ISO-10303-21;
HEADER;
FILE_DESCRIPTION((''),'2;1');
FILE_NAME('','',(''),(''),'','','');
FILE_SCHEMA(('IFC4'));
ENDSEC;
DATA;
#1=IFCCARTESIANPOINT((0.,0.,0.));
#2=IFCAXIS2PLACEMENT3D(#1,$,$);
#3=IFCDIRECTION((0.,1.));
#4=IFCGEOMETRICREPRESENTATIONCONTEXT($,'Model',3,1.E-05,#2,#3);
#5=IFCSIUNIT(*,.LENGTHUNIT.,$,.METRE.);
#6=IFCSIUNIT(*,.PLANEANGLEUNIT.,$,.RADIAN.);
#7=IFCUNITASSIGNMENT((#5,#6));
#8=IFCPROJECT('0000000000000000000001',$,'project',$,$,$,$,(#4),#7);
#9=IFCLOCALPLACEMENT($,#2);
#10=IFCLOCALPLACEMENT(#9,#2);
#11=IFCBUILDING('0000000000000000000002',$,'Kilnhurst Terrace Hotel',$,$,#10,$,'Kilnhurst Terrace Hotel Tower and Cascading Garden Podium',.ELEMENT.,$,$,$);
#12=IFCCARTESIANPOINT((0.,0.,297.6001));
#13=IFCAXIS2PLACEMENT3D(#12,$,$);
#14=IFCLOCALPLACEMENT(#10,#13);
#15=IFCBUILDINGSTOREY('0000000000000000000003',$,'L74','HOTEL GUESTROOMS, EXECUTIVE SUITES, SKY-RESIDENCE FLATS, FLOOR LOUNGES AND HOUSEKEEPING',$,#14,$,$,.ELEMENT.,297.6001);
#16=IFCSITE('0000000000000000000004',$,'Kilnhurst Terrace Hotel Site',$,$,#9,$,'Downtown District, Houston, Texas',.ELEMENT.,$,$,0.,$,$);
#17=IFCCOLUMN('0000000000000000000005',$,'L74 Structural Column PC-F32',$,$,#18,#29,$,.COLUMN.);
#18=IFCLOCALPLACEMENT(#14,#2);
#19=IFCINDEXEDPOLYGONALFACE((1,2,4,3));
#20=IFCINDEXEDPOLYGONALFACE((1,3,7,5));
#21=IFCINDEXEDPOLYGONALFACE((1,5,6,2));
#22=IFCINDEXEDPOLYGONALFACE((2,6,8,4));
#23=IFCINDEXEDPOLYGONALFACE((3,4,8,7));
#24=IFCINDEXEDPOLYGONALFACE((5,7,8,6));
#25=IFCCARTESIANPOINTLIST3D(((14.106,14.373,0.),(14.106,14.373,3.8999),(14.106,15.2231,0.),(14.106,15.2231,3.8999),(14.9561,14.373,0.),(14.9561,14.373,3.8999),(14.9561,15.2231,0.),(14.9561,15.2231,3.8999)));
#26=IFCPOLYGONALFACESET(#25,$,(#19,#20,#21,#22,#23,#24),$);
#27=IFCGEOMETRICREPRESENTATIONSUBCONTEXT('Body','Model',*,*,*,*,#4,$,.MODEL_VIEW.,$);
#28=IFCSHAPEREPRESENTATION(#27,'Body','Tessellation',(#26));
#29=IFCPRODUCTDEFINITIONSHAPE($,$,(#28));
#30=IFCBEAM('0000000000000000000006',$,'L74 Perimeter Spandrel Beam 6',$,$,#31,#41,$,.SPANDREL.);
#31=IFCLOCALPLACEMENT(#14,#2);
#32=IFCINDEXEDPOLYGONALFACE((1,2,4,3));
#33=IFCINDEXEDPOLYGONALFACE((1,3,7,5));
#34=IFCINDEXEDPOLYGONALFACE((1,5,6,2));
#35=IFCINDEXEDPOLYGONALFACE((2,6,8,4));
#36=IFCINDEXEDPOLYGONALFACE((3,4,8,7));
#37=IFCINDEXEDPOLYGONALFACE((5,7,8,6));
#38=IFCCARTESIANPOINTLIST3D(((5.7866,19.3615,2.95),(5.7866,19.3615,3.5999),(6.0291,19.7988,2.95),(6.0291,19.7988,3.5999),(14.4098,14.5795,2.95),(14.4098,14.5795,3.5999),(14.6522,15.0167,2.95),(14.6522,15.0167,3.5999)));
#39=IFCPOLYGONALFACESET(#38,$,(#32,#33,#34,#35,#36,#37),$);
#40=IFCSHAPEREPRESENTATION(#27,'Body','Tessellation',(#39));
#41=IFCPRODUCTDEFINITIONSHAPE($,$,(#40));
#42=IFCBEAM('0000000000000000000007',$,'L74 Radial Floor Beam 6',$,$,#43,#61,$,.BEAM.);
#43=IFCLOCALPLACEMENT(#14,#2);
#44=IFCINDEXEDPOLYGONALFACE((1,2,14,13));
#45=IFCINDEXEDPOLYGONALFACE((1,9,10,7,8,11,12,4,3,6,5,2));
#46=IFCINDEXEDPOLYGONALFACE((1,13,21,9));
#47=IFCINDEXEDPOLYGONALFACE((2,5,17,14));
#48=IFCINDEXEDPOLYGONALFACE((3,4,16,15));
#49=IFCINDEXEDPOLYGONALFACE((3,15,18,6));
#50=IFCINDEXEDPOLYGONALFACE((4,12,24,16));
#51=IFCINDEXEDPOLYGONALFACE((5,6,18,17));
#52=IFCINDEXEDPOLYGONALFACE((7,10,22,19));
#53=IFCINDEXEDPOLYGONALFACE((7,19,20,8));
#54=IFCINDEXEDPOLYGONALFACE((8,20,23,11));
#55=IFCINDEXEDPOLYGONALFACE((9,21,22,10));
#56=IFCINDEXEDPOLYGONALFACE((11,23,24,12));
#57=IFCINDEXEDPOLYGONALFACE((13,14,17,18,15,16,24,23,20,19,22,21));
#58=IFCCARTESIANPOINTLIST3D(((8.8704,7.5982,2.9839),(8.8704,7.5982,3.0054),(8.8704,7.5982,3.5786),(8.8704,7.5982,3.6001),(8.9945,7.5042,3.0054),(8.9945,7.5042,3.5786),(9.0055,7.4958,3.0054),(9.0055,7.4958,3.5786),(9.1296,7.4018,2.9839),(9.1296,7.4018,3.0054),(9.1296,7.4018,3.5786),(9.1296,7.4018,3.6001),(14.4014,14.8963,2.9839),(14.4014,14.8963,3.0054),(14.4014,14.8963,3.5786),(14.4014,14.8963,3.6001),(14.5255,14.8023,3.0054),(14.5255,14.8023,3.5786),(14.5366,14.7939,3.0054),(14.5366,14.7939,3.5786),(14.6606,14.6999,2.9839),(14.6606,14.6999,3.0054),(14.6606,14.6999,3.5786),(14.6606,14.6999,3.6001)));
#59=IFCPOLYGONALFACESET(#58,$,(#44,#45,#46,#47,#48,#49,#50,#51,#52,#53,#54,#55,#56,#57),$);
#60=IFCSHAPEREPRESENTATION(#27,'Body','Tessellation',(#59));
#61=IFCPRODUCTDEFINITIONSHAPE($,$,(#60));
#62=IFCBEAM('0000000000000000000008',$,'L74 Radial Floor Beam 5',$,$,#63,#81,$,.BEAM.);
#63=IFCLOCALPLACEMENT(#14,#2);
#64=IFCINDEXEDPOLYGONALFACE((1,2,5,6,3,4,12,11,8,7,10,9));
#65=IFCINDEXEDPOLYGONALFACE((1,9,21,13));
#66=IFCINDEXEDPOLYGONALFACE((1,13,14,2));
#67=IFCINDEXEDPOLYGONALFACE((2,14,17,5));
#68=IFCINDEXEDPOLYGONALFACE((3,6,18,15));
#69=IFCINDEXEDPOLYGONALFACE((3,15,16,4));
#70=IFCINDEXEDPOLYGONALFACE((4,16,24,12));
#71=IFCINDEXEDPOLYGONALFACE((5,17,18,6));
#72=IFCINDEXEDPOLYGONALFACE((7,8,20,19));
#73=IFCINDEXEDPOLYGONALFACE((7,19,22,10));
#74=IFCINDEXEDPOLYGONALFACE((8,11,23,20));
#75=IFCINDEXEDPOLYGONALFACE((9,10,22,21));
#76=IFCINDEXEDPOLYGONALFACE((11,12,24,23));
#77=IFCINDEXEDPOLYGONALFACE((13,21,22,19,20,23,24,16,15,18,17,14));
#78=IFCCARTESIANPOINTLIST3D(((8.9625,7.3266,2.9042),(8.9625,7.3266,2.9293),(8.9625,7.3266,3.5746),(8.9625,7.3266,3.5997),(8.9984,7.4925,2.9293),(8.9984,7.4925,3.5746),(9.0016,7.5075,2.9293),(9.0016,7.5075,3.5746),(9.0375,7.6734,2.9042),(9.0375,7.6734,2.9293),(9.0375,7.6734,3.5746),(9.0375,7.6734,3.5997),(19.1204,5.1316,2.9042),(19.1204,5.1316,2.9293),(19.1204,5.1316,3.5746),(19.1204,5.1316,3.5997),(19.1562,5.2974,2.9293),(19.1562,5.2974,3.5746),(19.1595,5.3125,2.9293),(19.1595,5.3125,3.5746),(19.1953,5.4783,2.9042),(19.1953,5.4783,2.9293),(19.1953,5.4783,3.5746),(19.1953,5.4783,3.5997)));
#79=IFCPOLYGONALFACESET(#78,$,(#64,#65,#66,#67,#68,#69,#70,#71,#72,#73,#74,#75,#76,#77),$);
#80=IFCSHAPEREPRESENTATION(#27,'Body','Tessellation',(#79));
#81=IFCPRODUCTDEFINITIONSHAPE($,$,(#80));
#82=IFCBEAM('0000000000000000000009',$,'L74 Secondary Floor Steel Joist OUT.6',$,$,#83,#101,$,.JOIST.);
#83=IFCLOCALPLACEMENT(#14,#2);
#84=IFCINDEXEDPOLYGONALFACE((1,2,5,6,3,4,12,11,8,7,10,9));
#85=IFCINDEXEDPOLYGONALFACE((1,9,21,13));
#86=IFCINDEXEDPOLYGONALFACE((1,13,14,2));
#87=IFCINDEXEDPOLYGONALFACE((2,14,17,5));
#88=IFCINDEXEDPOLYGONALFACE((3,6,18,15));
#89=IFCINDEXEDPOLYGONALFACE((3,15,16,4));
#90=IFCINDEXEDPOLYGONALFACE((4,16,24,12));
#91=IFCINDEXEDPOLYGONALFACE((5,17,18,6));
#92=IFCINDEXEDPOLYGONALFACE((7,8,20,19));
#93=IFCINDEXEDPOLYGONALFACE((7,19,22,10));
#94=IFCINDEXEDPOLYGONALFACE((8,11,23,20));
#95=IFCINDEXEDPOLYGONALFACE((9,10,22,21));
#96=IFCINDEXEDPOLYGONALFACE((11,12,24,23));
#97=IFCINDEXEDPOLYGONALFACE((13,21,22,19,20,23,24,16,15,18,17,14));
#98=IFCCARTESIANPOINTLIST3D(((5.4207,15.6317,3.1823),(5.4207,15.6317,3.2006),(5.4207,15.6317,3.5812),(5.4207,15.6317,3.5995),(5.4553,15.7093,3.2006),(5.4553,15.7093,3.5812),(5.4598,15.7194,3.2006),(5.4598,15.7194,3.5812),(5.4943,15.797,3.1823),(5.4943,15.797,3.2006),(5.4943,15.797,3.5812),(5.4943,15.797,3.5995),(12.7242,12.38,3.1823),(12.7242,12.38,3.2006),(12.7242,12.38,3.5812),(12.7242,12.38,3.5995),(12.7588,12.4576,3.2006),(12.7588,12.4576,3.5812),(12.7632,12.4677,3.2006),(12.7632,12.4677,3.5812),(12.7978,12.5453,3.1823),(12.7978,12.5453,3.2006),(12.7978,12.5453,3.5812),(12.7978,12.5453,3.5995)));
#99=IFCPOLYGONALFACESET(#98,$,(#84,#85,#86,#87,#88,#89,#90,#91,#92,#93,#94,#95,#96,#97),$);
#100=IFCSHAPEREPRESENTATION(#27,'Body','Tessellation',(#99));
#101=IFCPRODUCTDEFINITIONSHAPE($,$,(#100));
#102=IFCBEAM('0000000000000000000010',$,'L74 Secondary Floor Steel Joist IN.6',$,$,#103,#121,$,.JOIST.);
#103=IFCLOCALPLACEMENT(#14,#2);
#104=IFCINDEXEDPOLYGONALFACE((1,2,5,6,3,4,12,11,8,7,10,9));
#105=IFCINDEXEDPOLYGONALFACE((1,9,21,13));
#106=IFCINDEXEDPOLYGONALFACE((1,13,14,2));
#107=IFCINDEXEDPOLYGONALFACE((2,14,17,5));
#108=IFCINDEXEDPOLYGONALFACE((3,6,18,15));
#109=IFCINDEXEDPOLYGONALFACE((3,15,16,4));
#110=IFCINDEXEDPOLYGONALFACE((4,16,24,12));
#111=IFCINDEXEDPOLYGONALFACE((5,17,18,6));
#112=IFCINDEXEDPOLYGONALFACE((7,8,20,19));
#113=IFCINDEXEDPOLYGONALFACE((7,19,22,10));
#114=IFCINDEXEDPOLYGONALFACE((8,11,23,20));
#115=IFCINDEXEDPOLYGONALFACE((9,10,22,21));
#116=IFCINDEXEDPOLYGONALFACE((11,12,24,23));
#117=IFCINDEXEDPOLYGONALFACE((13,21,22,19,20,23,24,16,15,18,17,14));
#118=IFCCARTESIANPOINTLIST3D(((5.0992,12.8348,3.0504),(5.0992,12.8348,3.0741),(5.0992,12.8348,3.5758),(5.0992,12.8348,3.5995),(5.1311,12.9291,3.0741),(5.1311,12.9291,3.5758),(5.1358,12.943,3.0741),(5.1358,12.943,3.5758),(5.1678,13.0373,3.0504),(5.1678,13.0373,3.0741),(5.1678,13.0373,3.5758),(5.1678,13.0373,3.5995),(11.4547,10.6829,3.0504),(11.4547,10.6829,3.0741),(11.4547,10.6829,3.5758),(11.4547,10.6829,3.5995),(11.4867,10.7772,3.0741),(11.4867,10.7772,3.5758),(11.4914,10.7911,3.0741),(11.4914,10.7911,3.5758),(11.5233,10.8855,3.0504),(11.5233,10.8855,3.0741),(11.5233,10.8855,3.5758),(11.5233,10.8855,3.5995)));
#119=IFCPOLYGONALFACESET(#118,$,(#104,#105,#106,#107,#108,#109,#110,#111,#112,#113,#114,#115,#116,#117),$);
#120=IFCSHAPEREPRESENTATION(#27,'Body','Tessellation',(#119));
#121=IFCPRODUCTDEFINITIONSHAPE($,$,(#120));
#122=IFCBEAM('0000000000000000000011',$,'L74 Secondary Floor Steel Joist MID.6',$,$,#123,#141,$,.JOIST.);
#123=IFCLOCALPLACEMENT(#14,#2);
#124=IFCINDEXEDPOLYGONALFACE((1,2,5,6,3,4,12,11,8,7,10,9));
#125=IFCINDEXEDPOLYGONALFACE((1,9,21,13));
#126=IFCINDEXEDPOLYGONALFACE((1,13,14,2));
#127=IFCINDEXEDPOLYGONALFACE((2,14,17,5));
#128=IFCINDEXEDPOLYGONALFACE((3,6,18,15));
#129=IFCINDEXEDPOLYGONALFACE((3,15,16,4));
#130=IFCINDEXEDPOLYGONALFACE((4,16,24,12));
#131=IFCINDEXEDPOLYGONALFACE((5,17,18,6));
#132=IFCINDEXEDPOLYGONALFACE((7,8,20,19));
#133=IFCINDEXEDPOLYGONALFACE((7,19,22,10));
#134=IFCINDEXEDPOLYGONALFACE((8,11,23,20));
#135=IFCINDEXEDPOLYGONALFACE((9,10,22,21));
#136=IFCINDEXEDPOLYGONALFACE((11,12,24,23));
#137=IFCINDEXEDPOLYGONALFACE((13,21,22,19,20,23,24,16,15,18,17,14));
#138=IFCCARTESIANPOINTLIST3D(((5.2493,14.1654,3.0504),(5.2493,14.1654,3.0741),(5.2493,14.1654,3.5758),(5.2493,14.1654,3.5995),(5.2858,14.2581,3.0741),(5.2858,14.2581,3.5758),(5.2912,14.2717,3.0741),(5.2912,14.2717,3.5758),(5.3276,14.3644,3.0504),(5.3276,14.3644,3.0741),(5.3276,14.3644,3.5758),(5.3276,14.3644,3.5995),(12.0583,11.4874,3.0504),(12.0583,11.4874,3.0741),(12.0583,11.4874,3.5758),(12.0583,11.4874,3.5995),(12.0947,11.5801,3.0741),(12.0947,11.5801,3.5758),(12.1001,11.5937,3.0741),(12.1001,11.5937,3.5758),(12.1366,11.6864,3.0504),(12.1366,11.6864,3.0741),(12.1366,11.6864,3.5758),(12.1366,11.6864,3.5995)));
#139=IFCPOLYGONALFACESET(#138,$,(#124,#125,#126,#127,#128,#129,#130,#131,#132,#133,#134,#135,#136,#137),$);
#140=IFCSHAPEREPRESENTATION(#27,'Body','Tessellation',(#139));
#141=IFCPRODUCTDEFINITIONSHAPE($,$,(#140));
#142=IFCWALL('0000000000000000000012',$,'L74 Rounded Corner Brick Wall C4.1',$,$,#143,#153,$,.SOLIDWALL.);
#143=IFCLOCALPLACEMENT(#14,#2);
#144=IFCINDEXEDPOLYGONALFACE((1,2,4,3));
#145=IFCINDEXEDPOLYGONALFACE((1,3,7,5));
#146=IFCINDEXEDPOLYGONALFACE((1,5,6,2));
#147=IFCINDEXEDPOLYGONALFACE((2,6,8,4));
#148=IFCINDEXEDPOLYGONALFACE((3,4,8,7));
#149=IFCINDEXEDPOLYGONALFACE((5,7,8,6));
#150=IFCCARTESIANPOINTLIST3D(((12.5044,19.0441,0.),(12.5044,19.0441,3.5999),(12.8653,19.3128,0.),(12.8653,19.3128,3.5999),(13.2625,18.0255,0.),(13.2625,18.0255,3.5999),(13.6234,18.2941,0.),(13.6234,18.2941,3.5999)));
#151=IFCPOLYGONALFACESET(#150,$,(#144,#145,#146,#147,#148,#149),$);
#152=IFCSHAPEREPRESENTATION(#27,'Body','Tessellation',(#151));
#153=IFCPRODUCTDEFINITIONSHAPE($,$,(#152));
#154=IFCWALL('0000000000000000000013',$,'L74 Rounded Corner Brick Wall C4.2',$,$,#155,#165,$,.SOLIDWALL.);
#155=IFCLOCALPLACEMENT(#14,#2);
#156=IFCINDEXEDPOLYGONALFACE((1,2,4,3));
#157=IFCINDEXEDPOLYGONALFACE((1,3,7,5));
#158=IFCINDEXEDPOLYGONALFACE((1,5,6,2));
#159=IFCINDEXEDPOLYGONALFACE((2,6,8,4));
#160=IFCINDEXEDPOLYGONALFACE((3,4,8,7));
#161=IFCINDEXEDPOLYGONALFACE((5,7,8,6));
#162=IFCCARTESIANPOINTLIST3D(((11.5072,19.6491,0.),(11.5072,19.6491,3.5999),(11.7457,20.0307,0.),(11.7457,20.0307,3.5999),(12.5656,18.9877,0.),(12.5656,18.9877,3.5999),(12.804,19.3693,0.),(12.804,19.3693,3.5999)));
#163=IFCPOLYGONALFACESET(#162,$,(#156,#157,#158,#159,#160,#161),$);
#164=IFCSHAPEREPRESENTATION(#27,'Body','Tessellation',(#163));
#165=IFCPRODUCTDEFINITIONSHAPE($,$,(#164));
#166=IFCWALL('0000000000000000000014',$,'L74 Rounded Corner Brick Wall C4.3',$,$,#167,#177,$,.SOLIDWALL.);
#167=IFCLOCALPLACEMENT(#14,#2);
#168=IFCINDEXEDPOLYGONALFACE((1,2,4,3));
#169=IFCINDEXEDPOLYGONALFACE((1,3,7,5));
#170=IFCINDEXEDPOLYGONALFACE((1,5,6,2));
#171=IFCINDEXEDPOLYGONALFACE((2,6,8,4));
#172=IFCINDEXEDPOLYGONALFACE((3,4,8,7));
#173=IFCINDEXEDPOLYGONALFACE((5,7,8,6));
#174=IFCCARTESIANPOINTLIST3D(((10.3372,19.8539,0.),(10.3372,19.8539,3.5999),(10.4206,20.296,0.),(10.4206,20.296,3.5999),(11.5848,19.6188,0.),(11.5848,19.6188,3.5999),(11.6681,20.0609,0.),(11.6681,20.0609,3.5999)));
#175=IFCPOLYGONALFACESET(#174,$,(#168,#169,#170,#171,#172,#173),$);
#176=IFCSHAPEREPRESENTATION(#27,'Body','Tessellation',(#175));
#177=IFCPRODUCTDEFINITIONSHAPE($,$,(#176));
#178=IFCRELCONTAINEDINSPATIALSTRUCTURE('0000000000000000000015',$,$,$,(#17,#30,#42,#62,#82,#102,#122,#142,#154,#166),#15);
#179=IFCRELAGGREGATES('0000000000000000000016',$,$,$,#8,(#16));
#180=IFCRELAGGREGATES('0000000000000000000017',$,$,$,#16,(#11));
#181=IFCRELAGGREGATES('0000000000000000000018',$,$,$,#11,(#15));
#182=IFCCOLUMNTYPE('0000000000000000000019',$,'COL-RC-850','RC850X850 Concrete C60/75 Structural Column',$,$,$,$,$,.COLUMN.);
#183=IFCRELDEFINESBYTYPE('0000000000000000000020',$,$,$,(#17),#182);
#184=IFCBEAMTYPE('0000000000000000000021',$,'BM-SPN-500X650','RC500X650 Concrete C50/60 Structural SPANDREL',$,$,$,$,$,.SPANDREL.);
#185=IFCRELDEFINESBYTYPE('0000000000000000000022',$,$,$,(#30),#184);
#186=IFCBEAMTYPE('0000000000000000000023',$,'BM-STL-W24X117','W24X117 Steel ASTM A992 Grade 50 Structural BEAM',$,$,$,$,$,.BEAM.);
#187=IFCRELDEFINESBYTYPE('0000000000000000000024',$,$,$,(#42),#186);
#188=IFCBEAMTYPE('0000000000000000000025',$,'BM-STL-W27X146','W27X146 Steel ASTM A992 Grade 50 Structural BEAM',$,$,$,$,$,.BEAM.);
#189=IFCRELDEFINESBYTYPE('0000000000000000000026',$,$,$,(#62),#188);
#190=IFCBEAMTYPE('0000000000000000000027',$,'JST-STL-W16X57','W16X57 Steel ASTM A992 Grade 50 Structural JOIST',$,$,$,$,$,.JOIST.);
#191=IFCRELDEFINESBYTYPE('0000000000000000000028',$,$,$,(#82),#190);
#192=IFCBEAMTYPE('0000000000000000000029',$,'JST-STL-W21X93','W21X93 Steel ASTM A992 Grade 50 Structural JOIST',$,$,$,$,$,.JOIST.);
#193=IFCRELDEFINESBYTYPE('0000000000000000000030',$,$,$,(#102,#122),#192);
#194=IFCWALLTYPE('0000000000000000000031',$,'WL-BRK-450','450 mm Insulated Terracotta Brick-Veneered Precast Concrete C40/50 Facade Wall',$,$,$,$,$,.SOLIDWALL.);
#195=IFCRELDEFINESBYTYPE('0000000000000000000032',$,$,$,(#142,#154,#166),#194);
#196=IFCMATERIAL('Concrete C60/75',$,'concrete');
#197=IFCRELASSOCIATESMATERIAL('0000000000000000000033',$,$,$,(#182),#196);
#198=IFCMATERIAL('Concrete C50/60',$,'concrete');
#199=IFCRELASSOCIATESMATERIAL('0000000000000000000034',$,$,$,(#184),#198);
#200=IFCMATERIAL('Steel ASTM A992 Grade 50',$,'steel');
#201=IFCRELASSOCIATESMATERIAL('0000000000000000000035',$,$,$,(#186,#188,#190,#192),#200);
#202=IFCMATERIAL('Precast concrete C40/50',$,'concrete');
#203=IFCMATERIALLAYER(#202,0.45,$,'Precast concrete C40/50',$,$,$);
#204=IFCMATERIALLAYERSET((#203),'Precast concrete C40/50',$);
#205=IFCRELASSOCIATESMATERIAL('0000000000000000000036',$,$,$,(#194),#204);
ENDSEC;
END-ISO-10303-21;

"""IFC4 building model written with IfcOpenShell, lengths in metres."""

from ifc_helpers import new_model, si_unit, direction, frame, frame_2d, origin, origin_2d, place, context, subcontext, project, spatial, rectangle, i_section, extrude, material, layer, layer_set, material_profile, profile_set, type_object, element, save


model = new_model("IFC4")

# Units and contexts
model_context = context("Model", 3, precision=1e-05, world=origin(), true_north=direction((0.0, 1.0)))
body_context = subcontext(model_context, "Body", "Model", "MODEL_VIEW")
ifc_project = project(units=[si_unit("LENGTHUNIT", "METRE"), si_unit("PLANEANGLEUNIT", "RADIAN")], contexts=[model_context])

# Site, building, storey
site_placement = place(None, origin())
site = spatial("IfcSite", under=ifc_project, at=site_placement, Name="Kilnhurst Terrace Hotel Site", LongName="Downtown District, Houston, Texas", CompositionType="ELEMENT", RefElevation=0.0)
building_placement = place(site_placement, origin())
building = spatial("IfcBuilding", under=site, at=building_placement, Name="Kilnhurst Terrace Hotel", LongName="Kilnhurst Terrace Hotel Tower and Cascading Garden Podium", CompositionType="ELEMENT")
storey_placement = place(building_placement, frame((0.0, 0.0, 297.6001)))
storey = spatial("IfcBuildingStorey", under=building, at=storey_placement, Name="L74", Description="HOTEL GUESTROOMS, EXECUTIVE SUITES, SKY-RESIDENCE FLATS, FLOOR LOUNGES AND HOUSEKEEPING", CompositionType="ELEMENT", Elevation=297.6001)

# Column
ifc_material_1 = material(Name="Concrete C60/75", Category="concrete")
ifc_material_profile_1 = material_profile(ifc_material_1, rectangle(XDim=0.8501, YDim=0.8501, at=origin_2d()), Name="RC850X850")
ifc_profile_set_1 = profile_set([ifc_material_profile_1], Name="Concrete C60/75")
column_type = type_object("IfcColumnType", Name="COL-RC-850", Description="RC850X850 Concrete C60/75 Structural Column", PredefinedType="COLUMN", material=ifc_profile_set_1)
column_placement = place(storey_placement, frame((14.531, 14.7981, 0.0), z_axis=(0.0, 0.0, 1.0), x_axis=(1.0, 0.0, 0.0)))
element("IfcColumn", 1, at=column_placement, inside=storey, type_object=column_type, Name="L74 Structural Column PC-F32", PredefinedType="COLUMN", context=body_context, shape_type="SweptSolid", body=[
    extrude(rectangle(XDim=0.8501, YDim=0.8501, at=origin_2d()), origin(), (0.0, 0.0, 1.0), 3.8999),
])

# Beams
ifc_material_2 = material(Name="Concrete C50/60", Category="concrete")
ifc_material_profile_2 = material_profile(ifc_material_2, rectangle(XDim=0.5, YDim=0.6499, at=origin_2d()), Name="RC500X650")
ifc_profile_set_2 = profile_set([ifc_material_profile_2], Name="Concrete C50/60")
beam_type_1 = type_object("IfcBeamType", Name="BM-SPN-500X650", Description="RC500X650 Concrete C50/60 Structural SPANDREL", PredefinedType="SPANDREL", material=ifc_profile_set_2)
beam_1_placement = place(storey_placement, frame((14.531, 14.7981, 3.2749), z_axis=(-0.874527, 0.484976, 0.0), x_axis=(-0.484976, -0.874527, 0.0)))
element("IfcBeam", 2, at=beam_1_placement, inside=storey, type_object=beam_type_1, Name="L74 Perimeter Spandrel Beam 6", PredefinedType="SPANDREL", context=body_context, shape_type="SweptSolid", body=[
    extrude(rectangle(XDim=0.5, YDim=0.6499, at=origin_2d()), origin(), (0.0, 0.0, 1.0), 9.8604),
])
ifc_material_3 = material(Name="Steel ASTM A992 Grade 50", Category="steel")
ifc_material_profile_3 = material_profile(ifc_material_3, i_section(OverallWidth=0.3252, OverallDepth=0.6162, WebThickness=0.0139, FlangeThickness=0.0215, at=origin_2d()), Name="W24X117")
ifc_profile_set_3 = profile_set([ifc_material_profile_3], Name="Steel ASTM A992 Grade 50")
beam_type_2 = type_object("IfcBeamType", Name="BM-STL-W24X117", Description="W24X117 Steel ASTM A992 Grade 50 Structural BEAM", PredefinedType="BEAM", material=ifc_profile_set_3)
beam_2_placement = place(storey_placement, frame((9.0, 7.5, 3.292), z_axis=(0.604007, 0.796979, 0.0), x_axis=(-0.796979, 0.604007, 0.0)))
element("IfcBeam", 3, at=beam_2_placement, inside=storey, type_object=beam_type_2, Name="L74 Radial Floor Beam 6", PredefinedType="BEAM", context=body_context, shape_type="SweptSolid", body=[
    extrude(i_section(OverallWidth=0.3252, OverallDepth=0.6162, WebThickness=0.0139, FlangeThickness=0.0215, at=origin_2d()), origin(), (0.0, 0.0, 1.0), 9.1572),
])
ifc_material_profile_4 = material_profile(ifc_material_3, i_section(OverallWidth=0.3547, OverallDepth=0.6956, WebThickness=0.0154, FlangeThickness=0.0251, at=origin_2d()), Name="W27X146")
ifc_profile_set_4 = profile_set([ifc_material_profile_4], Name="Steel ASTM A992 Grade 50")
beam_type_3 = type_object("IfcBeamType", Name="BM-STL-W27X146", Description="W27X146 Steel ASTM A992 Grade 50 Structural BEAM", PredefinedType="BEAM", material=ifc_profile_set_4)
beam_3_placement = place(storey_placement, frame((9.0, 7.5, 3.252), z_axis=(0.977439, -0.211218, 0.0), x_axis=(0.211218, 0.977439, 0.0)))
element("IfcBeam", 4, at=beam_3_placement, inside=storey, type_object=beam_type_3, Name="L74 Radial Floor Beam 5", PredefinedType="BEAM", context=body_context, shape_type="SweptSolid", body=[
    extrude(i_section(OverallWidth=0.3547, OverallDepth=0.6956, WebThickness=0.0154, FlangeThickness=0.0251, at=origin_2d()), origin(), (0.0, 0.0, 1.0), 10.3923),
])
ifc_material_profile_5 = material_profile(ifc_material_3, i_section(OverallWidth=0.1809, OverallDepth=0.4172, WebThickness=0.011, FlangeThickness=0.0183, at=origin_2d()), Name="W16X57")
ifc_profile_set_5 = profile_set([ifc_material_profile_5], Name="Steel ASTM A992 Grade 50")
beam_type_4 = type_object("IfcBeamType", Name="JST-STL-W16X57", Description="W16X57 Steel ASTM A992 Grade 50 Structural JOIST", PredefinedType="JOIST", material=ifc_profile_set_5)
beam_4_placement = place(storey_placement, frame((12.761, 12.4626, 3.3909), z_axis=(-0.913546, 0.406736, 0.0), x_axis=(-0.406736, -0.913546, 0.0)))
element("IfcBeam", 5, at=beam_4_placement, inside=storey, type_object=beam_type_4, Name="L74 Secondary Floor Steel Joist OUT.6", PredefinedType="JOIST", context=body_context, shape_type="SweptSolid", body=[
    extrude(i_section(OverallWidth=0.1809, OverallDepth=0.4172, WebThickness=0.011, FlangeThickness=0.0183, at=origin_2d()), origin(), (0.0, 0.0, 1.0), 7.9946),
])
ifc_material_profile_6 = material_profile(ifc_material_3, i_section(OverallWidth=0.2139, OverallDepth=0.5491, WebThickness=0.0146, FlangeThickness=0.0237, at=origin_2d()), Name="W21X93")
ifc_profile_set_6 = profile_set([ifc_material_profile_6], Name="Steel ASTM A992 Grade 50")
beam_type_5 = type_object("IfcBeamType", Name="JST-STL-W21X93", Description="W21X93 Steel ASTM A992 Grade 50 Structural JOIST", PredefinedType="JOIST", material=ifc_profile_set_6)
beam_5_placement = place(storey_placement, frame((11.489, 10.7842, 3.325), z_axis=(-0.947181, 0.3207, 0.0), x_axis=(-0.3207, -0.947181, 0.0)))
element("IfcBeam", 6, at=beam_5_placement, inside=storey, type_object=beam_type_5, Name="L74 Secondary Floor Steel Joist IN.6", PredefinedType="JOIST", context=body_context, shape_type="SweptSolid", body=[
    extrude(i_section(OverallWidth=0.2139, OverallDepth=0.5491, WebThickness=0.0146, FlangeThickness=0.0237, at=origin_2d()), origin(), (0.0, 0.0, 1.0), 6.71),
])
beam_6_placement = place(storey_placement, frame((12.0974, 11.5869, 3.325), z_axis=(-0.930608, 0.366017, 0.0), x_axis=(-0.366017, -0.930608, 0.0)))
element("IfcBeam", 7, at=beam_6_placement, inside=storey, type_object=beam_type_5, Name="L74 Secondary Floor Steel Joist MID.6", PredefinedType="JOIST", context=body_context, shape_type="SweptSolid", body=[
    extrude(i_section(OverallWidth=0.2139, OverallDepth=0.5491, WebThickness=0.0146, FlangeThickness=0.0237, at=origin_2d()), origin(), (0.0, 0.0, 1.0), 7.3167),
])

# Walls
ifc_material_4 = material(Name="Precast concrete C40/50", Category="concrete")
ifc_layer_1 = layer(ifc_material_4, 0.45, Name="Precast concrete C40/50")
ifc_layer_set_1 = layer_set([ifc_layer_1], Name="Precast concrete C40/50")
wall_type_1 = type_object("IfcWallType", Name="WL-BRK-450", Description="450 mm Insulated Terracotta Brick-Veneered Precast Concrete C40/50 Facade Wall", PredefinedType="SOLIDWALL", material=ifc_layer_set_1)
wall_1_placement = place(storey_placement, frame((13.4429, 18.1599, 0.0), z_axis=(0.0, 0.0, 1.0), x_axis=(-0.597042, 0.80221, 0.0)))
element("IfcWall", 8, at=wall_1_placement, inside=storey, type_object=wall_type_1, Name="L74 Rounded Corner Brick Wall C4.1", PredefinedType="SOLIDWALL", context=body_context, shape_type="SweptSolid", body=[
    extrude(rectangle(XDim=1.2698, YDim=0.45, at=frame_2d((0.6348, 0.0))), origin(), (0.0, 0.0, 1.0), 3.5999),
])
wall_2_placement = place(storey_placement, frame((12.6848, 19.1785, 0.0), z_axis=(0.0, 0.0, 1.0), x_axis=(-0.848031, 0.529946, 0.0)))
element("IfcWall", 9, at=wall_2_placement, inside=storey, type_object=wall_type_1, Name="L74 Rounded Corner Brick Wall C4.2", PredefinedType="SOLIDWALL", context=body_context, shape_type="SweptSolid", body=[
    extrude(rectangle(XDim=1.248, YDim=0.45, at=frame_2d((0.624, 0.0))), origin(), (0.0, 0.0, 1.0), 3.5999),
])
wall_3_placement = place(storey_placement, frame((11.6265, 19.8398, 0.0), z_axis=(0.0, 0.0, 1.0), x_axis=(-0.982702, 0.185194, 0.0)))
element("IfcWall", 10, at=wall_3_placement, inside=storey, type_object=wall_type_1, Name="L74 Rounded Corner Brick Wall C4.3", PredefinedType="SOLIDWALL", context=body_context, shape_type="SweptSolid", body=[
    extrude(rectangle(XDim=1.2695, YDim=0.45, at=frame_2d((0.6348, 0.0))), origin(), (0.0, 0.0, 1.0), 3.5999),
])

save(model, "model.ifc")
